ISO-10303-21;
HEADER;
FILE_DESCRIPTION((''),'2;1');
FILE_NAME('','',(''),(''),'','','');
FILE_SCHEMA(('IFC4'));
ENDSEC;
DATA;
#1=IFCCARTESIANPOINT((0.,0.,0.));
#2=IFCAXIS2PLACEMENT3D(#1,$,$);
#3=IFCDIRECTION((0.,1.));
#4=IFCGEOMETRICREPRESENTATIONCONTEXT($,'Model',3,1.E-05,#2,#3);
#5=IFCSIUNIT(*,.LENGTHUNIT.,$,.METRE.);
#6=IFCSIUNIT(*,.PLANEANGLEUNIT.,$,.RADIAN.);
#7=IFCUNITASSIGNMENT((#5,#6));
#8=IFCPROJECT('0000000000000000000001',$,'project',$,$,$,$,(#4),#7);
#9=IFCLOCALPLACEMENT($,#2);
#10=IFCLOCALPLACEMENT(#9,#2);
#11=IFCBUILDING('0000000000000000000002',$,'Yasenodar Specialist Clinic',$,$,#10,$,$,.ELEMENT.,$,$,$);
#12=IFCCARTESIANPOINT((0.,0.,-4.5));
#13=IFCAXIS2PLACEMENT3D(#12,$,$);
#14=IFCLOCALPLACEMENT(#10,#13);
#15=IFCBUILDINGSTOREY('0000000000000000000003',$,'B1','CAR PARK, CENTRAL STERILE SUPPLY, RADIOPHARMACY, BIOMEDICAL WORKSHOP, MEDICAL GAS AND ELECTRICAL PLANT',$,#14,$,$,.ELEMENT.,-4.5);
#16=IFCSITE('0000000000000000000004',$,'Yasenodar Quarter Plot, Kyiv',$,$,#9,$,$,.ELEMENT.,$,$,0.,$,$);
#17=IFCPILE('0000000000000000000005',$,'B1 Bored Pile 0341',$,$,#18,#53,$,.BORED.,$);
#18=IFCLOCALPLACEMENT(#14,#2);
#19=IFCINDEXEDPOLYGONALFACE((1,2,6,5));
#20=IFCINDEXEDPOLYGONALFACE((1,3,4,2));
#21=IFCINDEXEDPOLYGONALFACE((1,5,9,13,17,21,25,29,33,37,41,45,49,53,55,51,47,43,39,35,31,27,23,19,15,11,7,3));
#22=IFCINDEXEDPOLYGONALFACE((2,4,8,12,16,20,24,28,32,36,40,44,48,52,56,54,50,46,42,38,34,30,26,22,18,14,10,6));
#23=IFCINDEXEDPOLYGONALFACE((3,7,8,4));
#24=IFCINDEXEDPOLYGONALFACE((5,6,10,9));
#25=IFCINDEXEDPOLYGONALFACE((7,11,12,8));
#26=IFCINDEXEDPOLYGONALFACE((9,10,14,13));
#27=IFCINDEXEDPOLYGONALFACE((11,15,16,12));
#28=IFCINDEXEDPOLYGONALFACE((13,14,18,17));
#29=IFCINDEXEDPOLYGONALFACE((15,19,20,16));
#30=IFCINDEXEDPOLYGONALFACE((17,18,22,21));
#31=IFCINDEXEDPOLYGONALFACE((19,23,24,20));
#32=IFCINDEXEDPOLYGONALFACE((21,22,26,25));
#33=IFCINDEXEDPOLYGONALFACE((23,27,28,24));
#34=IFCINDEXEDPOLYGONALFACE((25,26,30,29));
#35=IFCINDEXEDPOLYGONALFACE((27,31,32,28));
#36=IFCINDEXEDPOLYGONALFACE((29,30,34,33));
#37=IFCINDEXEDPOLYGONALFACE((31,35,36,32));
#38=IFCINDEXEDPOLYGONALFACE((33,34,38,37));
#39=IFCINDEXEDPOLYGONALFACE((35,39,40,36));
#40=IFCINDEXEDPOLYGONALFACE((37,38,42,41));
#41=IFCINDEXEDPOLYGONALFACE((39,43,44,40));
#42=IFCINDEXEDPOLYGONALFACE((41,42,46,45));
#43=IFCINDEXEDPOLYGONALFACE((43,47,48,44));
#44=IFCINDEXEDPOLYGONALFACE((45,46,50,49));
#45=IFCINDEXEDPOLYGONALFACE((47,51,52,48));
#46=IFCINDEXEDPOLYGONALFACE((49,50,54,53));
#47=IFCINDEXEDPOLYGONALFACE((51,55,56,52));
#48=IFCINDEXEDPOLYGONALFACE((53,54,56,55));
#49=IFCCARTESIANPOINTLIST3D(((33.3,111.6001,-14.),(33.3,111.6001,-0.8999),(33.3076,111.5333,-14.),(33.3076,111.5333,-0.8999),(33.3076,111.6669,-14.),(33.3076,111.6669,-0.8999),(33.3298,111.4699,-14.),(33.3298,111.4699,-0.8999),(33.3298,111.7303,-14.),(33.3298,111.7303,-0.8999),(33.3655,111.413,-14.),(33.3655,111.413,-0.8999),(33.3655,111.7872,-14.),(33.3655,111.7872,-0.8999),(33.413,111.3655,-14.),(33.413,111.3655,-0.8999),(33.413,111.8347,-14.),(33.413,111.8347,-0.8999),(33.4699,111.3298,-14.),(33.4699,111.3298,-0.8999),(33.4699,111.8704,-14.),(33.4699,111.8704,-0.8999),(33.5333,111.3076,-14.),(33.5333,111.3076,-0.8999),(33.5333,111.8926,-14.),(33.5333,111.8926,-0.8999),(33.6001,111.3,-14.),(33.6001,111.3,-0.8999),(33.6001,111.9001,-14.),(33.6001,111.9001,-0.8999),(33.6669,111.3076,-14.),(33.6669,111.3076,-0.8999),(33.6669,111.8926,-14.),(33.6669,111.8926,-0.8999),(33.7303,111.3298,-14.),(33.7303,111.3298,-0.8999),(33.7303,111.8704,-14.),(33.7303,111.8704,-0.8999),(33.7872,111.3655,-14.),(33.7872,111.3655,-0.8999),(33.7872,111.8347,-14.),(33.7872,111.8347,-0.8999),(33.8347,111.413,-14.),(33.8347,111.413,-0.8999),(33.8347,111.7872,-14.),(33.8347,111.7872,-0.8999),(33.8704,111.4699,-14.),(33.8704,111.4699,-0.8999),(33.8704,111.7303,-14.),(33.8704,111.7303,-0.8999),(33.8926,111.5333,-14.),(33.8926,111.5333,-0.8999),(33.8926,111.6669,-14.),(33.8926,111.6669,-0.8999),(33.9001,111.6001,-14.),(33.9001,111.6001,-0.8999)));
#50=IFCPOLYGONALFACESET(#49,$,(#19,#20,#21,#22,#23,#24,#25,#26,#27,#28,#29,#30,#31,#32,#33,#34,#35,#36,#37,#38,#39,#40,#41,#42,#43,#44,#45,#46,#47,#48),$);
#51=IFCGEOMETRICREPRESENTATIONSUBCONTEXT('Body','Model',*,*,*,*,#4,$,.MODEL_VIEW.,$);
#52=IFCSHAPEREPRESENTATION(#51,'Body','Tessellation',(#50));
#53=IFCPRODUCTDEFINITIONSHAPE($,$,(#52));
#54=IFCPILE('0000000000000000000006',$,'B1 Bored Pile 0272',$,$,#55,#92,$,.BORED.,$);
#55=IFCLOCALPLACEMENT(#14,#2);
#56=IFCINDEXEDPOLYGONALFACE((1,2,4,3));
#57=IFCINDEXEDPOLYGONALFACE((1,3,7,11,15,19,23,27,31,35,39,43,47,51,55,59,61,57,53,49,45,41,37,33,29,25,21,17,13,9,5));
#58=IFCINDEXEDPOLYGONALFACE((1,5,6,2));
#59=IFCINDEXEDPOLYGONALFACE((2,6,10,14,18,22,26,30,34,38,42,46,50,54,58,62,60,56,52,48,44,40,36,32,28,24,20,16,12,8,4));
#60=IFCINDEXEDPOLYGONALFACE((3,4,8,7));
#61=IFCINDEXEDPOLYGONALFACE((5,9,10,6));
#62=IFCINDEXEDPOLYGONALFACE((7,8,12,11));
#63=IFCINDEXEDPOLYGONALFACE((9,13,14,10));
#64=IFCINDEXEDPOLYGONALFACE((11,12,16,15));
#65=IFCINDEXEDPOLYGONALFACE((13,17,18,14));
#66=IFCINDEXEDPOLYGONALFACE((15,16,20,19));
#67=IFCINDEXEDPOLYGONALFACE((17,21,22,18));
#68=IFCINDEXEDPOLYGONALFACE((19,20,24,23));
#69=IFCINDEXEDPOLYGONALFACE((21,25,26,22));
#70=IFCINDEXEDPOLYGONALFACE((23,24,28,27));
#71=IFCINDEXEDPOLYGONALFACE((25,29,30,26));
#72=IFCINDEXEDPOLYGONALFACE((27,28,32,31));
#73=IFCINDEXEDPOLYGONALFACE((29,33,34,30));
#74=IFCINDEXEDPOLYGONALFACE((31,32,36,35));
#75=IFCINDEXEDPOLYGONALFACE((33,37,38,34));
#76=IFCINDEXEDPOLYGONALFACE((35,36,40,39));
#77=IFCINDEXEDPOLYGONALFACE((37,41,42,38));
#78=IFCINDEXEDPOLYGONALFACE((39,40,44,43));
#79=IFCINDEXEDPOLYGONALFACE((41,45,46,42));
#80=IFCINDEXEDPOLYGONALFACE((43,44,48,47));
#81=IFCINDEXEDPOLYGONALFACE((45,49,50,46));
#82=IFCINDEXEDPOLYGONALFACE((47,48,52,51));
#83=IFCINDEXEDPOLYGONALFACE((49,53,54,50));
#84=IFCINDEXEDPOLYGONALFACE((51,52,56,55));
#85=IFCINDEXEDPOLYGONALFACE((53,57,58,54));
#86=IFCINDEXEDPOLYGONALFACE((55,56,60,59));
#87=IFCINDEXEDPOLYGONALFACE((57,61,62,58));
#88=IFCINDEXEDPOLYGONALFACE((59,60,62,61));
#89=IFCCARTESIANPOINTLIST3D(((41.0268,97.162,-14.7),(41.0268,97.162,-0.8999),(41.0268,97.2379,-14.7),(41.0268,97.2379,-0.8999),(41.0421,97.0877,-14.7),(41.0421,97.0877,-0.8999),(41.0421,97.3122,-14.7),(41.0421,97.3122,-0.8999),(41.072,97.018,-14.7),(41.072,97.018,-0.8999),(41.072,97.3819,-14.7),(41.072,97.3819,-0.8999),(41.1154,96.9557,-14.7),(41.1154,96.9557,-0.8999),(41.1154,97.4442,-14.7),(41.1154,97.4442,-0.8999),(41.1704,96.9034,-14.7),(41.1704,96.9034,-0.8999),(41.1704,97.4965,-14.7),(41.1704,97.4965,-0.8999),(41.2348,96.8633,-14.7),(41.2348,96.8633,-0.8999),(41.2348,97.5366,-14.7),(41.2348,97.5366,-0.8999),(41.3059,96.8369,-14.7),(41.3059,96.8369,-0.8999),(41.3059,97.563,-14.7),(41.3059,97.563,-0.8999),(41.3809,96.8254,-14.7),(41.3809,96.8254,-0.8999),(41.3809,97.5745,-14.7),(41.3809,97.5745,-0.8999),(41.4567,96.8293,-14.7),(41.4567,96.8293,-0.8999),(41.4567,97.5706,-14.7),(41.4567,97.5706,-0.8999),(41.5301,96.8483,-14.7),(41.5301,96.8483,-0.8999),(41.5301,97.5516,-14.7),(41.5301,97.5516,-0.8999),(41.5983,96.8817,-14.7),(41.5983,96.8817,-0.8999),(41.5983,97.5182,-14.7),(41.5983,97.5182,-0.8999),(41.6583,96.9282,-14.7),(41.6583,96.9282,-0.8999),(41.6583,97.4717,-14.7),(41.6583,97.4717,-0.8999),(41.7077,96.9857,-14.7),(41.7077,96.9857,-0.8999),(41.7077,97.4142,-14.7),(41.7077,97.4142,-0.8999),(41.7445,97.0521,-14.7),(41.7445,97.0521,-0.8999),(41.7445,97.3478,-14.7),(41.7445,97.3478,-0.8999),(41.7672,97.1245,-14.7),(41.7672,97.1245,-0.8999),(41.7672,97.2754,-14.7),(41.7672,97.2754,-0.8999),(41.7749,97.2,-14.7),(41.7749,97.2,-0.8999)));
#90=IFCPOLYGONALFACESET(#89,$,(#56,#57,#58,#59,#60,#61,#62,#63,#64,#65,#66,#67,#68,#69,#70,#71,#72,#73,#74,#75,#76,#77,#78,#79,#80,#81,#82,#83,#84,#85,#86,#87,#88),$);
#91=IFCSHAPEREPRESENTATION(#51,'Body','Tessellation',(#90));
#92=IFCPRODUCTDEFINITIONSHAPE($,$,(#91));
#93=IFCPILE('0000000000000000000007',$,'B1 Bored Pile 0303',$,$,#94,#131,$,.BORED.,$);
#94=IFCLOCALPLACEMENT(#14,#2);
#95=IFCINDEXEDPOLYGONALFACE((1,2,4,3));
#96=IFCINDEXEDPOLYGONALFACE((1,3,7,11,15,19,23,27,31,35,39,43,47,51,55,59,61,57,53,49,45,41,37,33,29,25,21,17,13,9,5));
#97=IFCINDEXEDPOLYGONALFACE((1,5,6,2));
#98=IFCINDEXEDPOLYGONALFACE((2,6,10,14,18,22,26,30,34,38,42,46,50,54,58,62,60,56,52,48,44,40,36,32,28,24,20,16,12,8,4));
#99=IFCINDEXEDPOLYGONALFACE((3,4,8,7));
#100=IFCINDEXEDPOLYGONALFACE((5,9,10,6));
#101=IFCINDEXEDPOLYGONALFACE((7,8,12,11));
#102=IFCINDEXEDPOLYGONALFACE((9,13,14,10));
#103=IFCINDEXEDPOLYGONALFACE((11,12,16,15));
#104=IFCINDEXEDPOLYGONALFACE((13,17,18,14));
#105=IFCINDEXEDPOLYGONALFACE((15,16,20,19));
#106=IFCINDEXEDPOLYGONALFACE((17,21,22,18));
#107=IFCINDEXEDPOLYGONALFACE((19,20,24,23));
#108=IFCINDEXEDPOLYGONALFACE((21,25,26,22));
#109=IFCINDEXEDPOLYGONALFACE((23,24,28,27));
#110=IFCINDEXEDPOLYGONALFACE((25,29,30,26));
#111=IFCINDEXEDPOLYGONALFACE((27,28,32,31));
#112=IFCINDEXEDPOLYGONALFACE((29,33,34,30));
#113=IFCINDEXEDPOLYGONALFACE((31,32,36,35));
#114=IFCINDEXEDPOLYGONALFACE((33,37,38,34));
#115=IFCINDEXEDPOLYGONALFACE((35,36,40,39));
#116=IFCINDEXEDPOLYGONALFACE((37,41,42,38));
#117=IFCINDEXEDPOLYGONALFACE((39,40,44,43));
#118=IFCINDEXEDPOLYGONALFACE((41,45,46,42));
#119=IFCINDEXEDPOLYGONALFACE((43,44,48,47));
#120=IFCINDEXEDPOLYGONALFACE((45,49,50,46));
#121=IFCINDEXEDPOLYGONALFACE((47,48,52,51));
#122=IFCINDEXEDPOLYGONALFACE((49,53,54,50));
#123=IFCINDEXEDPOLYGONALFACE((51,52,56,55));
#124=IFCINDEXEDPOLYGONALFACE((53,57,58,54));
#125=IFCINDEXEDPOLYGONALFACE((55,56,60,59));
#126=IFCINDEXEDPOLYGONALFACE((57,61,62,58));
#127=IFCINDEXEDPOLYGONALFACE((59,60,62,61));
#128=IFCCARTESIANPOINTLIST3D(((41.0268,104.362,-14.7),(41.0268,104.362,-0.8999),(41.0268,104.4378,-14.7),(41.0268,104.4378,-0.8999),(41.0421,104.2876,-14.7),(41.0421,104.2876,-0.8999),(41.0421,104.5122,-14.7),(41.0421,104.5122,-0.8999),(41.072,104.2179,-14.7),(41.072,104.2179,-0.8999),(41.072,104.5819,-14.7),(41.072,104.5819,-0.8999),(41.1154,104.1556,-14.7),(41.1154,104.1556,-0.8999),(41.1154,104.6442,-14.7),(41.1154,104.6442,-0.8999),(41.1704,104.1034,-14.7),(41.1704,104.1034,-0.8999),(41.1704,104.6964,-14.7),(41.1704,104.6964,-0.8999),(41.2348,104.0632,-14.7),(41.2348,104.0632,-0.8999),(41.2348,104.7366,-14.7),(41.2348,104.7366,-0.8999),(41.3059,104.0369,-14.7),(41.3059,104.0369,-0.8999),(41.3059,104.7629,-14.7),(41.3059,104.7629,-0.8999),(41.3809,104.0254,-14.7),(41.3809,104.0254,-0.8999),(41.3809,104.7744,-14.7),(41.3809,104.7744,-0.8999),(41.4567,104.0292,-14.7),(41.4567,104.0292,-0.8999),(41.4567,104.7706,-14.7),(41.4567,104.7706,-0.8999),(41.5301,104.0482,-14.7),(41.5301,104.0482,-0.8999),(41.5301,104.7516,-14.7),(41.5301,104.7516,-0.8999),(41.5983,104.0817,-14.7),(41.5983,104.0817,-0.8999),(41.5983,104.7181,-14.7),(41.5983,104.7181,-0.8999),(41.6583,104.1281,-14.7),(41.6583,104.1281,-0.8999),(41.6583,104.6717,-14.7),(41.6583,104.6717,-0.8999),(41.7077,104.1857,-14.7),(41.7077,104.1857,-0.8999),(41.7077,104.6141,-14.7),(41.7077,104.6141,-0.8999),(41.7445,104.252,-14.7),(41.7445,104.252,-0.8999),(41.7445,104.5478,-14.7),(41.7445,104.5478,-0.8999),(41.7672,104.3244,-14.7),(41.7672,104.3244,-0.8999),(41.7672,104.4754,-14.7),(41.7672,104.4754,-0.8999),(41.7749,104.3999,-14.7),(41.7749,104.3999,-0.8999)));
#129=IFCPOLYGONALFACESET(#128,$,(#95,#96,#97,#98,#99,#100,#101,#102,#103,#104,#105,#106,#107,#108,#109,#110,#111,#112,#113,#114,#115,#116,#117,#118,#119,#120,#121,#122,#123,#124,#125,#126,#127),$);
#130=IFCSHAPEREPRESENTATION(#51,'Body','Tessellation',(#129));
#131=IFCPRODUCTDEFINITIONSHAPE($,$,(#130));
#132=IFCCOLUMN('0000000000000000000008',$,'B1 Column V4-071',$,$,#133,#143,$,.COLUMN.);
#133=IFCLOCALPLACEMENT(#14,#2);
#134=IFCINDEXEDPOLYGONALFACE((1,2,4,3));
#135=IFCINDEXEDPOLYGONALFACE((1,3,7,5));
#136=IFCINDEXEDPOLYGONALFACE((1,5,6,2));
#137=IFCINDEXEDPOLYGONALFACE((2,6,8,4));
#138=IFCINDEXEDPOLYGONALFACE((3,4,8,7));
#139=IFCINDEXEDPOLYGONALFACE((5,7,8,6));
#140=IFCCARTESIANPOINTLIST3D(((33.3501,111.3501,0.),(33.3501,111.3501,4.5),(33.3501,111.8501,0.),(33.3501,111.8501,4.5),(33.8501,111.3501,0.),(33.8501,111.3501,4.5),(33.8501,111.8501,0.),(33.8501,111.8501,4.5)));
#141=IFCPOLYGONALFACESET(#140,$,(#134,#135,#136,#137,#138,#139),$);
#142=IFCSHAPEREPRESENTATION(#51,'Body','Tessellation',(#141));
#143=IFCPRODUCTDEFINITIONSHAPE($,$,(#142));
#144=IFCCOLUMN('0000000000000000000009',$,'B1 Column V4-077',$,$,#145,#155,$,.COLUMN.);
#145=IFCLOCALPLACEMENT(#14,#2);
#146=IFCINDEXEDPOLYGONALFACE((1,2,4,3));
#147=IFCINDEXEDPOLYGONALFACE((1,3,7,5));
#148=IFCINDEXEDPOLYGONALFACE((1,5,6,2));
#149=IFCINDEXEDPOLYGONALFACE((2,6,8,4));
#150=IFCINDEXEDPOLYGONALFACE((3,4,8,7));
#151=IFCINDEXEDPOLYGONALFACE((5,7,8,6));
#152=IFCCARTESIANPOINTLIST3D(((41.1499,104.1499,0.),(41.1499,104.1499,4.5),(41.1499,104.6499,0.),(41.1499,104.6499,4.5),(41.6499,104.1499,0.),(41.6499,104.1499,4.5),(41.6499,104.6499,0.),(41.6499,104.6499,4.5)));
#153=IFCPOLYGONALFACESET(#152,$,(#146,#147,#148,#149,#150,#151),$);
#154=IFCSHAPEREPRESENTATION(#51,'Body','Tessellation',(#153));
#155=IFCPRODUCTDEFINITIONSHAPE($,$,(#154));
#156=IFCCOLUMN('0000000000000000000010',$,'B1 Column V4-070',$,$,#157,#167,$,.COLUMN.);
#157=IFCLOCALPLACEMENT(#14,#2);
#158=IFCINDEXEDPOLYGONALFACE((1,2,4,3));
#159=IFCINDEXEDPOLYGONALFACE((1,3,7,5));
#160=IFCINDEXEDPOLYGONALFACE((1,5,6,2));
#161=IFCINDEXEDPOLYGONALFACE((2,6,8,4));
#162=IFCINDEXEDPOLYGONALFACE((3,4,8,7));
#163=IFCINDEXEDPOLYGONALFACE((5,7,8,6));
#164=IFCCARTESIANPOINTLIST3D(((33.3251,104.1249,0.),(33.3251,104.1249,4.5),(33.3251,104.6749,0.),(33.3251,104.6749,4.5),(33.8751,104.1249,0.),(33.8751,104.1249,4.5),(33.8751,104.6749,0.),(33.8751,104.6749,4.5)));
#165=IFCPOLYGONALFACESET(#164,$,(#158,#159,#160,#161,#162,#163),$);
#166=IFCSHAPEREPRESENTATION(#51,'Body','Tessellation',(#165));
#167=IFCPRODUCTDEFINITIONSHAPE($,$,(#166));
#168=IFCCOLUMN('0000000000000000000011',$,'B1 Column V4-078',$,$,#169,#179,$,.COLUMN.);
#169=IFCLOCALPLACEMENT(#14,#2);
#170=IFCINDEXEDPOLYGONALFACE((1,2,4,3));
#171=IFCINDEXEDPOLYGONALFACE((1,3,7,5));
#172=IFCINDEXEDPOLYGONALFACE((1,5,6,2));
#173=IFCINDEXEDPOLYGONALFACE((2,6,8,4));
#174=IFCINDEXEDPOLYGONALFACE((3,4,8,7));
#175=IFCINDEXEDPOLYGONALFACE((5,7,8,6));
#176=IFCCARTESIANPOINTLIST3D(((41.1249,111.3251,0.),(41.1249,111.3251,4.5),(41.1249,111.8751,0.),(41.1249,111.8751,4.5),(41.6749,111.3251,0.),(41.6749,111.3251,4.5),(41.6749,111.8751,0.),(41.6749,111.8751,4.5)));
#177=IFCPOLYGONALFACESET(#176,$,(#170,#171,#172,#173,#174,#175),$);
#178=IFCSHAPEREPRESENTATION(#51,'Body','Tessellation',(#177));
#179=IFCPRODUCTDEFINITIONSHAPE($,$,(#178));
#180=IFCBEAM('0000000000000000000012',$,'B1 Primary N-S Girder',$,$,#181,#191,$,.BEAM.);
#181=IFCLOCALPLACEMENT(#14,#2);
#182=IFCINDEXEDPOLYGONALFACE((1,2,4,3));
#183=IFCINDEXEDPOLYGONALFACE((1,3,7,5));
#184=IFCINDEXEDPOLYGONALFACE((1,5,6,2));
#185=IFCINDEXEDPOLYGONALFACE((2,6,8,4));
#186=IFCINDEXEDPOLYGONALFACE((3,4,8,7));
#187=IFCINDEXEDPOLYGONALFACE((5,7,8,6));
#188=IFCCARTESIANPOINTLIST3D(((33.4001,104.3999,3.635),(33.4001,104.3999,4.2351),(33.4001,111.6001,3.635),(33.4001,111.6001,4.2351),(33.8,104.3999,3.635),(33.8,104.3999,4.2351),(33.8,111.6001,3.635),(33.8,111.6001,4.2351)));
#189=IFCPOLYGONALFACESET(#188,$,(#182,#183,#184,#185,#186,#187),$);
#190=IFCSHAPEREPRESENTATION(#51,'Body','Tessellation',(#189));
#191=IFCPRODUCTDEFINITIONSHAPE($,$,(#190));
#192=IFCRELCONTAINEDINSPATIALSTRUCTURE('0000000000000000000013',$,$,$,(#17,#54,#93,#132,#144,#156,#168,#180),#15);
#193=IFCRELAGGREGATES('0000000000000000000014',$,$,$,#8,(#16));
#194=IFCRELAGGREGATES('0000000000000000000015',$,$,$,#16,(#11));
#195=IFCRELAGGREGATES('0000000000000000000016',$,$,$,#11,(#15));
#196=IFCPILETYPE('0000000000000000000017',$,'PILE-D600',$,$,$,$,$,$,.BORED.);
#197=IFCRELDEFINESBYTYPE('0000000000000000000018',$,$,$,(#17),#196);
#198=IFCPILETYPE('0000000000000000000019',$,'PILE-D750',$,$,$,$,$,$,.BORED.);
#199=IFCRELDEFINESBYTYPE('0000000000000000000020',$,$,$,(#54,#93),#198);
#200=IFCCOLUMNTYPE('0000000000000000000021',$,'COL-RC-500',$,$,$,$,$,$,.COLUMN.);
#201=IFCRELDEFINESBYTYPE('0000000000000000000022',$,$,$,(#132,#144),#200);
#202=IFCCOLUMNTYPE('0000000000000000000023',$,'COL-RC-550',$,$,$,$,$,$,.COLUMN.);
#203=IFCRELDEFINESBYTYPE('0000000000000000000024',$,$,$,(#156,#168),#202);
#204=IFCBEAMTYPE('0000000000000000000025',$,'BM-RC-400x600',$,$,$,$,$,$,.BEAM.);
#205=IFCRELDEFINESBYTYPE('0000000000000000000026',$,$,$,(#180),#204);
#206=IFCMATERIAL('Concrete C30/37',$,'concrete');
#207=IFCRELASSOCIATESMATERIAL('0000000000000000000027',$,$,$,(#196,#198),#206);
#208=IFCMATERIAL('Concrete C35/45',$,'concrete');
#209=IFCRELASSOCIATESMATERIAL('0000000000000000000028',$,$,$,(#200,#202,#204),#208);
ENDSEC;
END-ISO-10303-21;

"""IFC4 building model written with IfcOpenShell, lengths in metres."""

from ifc_helpers import new_model, si_unit, direction, frame, origin, origin_2d, place, context, subcontext, project, spatial, rectangle, circle, extrude, material, material_profile, profile_set, type_object, element, save


model = new_model("IFC4")

# Units and contexts
model_context = context("Model", 3, precision=1e-05, world=origin(), true_north=direction((0.0, 1.0)))
body_context = subcontext(model_context, "Body", "Model", "MODEL_VIEW")
ifc_project = project(units=[si_unit("LENGTHUNIT", "METRE"), si_unit("PLANEANGLEUNIT", "RADIAN")], contexts=[model_context])

# Site, building, storey
site_placement = place(None, origin())
site = spatial("IfcSite", under=ifc_project, at=site_placement, Name="Yasenodar Quarter Plot, Kyiv", CompositionType="ELEMENT", RefElevation=0.0)
building_placement = place(site_placement, origin())
building = spatial("IfcBuilding", under=site, at=building_placement, Name="Yasenodar Specialist Clinic", CompositionType="ELEMENT")
storey_placement = place(building_placement, frame((0.0, 0.0, -4.5)))
storey = spatial("IfcBuildingStorey", under=building, at=storey_placement, Name="B1", Description="CAR PARK, CENTRAL STERILE SUPPLY, RADIOPHARMACY, BIOMEDICAL WORKSHOP, MEDICAL GAS AND ELECTRICAL PLANT", CompositionType="ELEMENT", Elevation=-4.5)

# Shared definitions
ifc_material_1 = material(Name="Concrete C35/45", Category="concrete")

# Piles
ifc_material_2 = material(Name="Concrete C30/37", Category="concrete")
ifc_material_profile_1 = material_profile(ifc_material_2, circle(Radius=0.3, at=origin_2d()), Name="PILE D600")
ifc_profile_set_1 = profile_set([ifc_material_profile_1], Name="Concrete C30/37")
pile_type_1 = type_object("IfcPileType", Name="PILE-D600", PredefinedType="BORED", material=ifc_profile_set_1)
for number, where, z_axis, x_axis, name in (
    (1, (33.6001, 111.6001, -0.8999), (0.0, 0.0, -1.0), (1.0, 0.0, 0.0), "B1 Bored Pile 0341"),
):
    element("IfcPile", number, at=place(storey_placement, frame(where, z_axis=z_axis, x_axis=x_axis)), inside=storey, type_object=pile_type_1, Name=name, PredefinedType="BORED", context=body_context, shape_type="SweptSolid", body=[
        extrude(circle(Radius=0.3, at=origin_2d()), origin(), (0.0, 0.0, 1.0), 13.1001),
    ])
ifc_material_profile_2 = material_profile(ifc_material_2, circle(Radius=0.375, at=origin_2d()), Name="PILE D750")
ifc_profile_set_2 = profile_set([ifc_material_profile_2], Name="Concrete C30/37")
pile_type_2 = type_object("IfcPileType", Name="PILE-D750", PredefinedType="BORED", material=ifc_profile_set_2)
for number, where, z_axis, x_axis, name in (
    (2, (41.3999, 97.2, -0.8999), (0.0, 0.0, -1.0), (1.0, 0.0, 0.0), "B1 Bored Pile 0272"),
    (3, (41.3999, 104.3999, -0.8999), (0.0, 0.0, -1.0), (1.0, 0.0, 0.0), "B1 Bored Pile 0303"),
):
    element("IfcPile", number, at=place(storey_placement, frame(where, z_axis=z_axis, x_axis=x_axis)), inside=storey, type_object=pile_type_2, Name=name, PredefinedType="BORED", context=body_context, shape_type="SweptSolid", body=[
        extrude(circle(Radius=0.375, at=origin_2d()), origin(), (0.0, 0.0, 1.0), 13.8),
    ])

# Columns
ifc_material_profile_3 = material_profile(ifc_material_1, rectangle(XDim=0.5, YDim=0.5, at=origin_2d()), Name="RC 500x500")
ifc_profile_set_3 = profile_set([ifc_material_profile_3], Name="Concrete C35/45")
column_type_1 = type_object("IfcColumnType", Name="COL-RC-500", PredefinedType="COLUMN", material=ifc_profile_set_3)
for number, where, z_axis, x_axis, name in (
    (4, (33.6001, 111.6001, 0.0), (0.0, 0.0, 1.0), (1.0, 0.0, 0.0), "B1 Column V4-071"),
    (5, (41.3999, 104.3999, 0.0), (0.0, 0.0, 1.0), (1.0, 0.0, 0.0), "B1 Column V4-077"),
):
    element("IfcColumn", number, at=place(storey_placement, frame(where, z_axis=z_axis, x_axis=x_axis)), inside=storey, type_object=column_type_1, Name=name, PredefinedType="COLUMN", context=body_context, shape_type="SweptSolid", body=[
        extrude(rectangle(XDim=0.5, YDim=0.5, at=origin_2d()), origin(), (0.0, 0.0, 1.0), 4.5),
    ])
ifc_material_profile_4 = material_profile(ifc_material_1, rectangle(XDim=0.55, YDim=0.55, at=origin_2d()), Name="RC 550x550")
ifc_profile_set_4 = profile_set([ifc_material_profile_4], Name="Concrete C35/45")
column_type_2 = type_object("IfcColumnType", Name="COL-RC-550", PredefinedType="COLUMN", material=ifc_profile_set_4)
for number, where, z_axis, x_axis, name in (
    (6, (33.6001, 104.3999, 0.0), (0.0, 0.0, 1.0), (1.0, 0.0, 0.0), "B1 Column V4-070"),
    (7, (41.3999, 111.6001, 0.0), (0.0, 0.0, 1.0), (1.0, 0.0, 0.0), "B1 Column V4-078"),
):
    element("IfcColumn", number, at=place(storey_placement, frame(where, z_axis=z_axis, x_axis=x_axis)), inside=storey, type_object=column_type_2, Name=name, PredefinedType="COLUMN", context=body_context, shape_type="SweptSolid", body=[
        extrude(rectangle(XDim=0.55, YDim=0.55, at=origin_2d()), origin(), (0.0, 0.0, 1.0), 4.5),
    ])

# Beam
ifc_material_profile_5 = material_profile(ifc_material_1, rectangle(XDim=0.3999, YDim=0.6001, at=origin_2d()), Name="RC 400x600")
ifc_profile_set_5 = profile_set([ifc_material_profile_5], Name="Concrete C35/45")
beam_type_1 = type_object("IfcBeamType", Name="BM-RC-400x600", PredefinedType="BEAM", material=ifc_profile_set_5)
beam_1_placement = place(storey_placement, frame((33.6001, 104.3999, 3.9351), z_axis=(0.0, 1.0, 0.0), x_axis=(-1.0, 0.0, 0.0)))
element("IfcBeam", 8, at=beam_1_placement, inside=storey, type_object=beam_type_1, Name="B1 Primary N-S Girder", PredefinedType="BEAM", context=body_context, shape_type="SweptSolid", body=[
    extrude(rectangle(XDim=0.3999, YDim=0.6001, at=origin_2d()), origin(), (0.0, 0.0, 1.0), 7.2002),
])

save(model, "model.ifc")
